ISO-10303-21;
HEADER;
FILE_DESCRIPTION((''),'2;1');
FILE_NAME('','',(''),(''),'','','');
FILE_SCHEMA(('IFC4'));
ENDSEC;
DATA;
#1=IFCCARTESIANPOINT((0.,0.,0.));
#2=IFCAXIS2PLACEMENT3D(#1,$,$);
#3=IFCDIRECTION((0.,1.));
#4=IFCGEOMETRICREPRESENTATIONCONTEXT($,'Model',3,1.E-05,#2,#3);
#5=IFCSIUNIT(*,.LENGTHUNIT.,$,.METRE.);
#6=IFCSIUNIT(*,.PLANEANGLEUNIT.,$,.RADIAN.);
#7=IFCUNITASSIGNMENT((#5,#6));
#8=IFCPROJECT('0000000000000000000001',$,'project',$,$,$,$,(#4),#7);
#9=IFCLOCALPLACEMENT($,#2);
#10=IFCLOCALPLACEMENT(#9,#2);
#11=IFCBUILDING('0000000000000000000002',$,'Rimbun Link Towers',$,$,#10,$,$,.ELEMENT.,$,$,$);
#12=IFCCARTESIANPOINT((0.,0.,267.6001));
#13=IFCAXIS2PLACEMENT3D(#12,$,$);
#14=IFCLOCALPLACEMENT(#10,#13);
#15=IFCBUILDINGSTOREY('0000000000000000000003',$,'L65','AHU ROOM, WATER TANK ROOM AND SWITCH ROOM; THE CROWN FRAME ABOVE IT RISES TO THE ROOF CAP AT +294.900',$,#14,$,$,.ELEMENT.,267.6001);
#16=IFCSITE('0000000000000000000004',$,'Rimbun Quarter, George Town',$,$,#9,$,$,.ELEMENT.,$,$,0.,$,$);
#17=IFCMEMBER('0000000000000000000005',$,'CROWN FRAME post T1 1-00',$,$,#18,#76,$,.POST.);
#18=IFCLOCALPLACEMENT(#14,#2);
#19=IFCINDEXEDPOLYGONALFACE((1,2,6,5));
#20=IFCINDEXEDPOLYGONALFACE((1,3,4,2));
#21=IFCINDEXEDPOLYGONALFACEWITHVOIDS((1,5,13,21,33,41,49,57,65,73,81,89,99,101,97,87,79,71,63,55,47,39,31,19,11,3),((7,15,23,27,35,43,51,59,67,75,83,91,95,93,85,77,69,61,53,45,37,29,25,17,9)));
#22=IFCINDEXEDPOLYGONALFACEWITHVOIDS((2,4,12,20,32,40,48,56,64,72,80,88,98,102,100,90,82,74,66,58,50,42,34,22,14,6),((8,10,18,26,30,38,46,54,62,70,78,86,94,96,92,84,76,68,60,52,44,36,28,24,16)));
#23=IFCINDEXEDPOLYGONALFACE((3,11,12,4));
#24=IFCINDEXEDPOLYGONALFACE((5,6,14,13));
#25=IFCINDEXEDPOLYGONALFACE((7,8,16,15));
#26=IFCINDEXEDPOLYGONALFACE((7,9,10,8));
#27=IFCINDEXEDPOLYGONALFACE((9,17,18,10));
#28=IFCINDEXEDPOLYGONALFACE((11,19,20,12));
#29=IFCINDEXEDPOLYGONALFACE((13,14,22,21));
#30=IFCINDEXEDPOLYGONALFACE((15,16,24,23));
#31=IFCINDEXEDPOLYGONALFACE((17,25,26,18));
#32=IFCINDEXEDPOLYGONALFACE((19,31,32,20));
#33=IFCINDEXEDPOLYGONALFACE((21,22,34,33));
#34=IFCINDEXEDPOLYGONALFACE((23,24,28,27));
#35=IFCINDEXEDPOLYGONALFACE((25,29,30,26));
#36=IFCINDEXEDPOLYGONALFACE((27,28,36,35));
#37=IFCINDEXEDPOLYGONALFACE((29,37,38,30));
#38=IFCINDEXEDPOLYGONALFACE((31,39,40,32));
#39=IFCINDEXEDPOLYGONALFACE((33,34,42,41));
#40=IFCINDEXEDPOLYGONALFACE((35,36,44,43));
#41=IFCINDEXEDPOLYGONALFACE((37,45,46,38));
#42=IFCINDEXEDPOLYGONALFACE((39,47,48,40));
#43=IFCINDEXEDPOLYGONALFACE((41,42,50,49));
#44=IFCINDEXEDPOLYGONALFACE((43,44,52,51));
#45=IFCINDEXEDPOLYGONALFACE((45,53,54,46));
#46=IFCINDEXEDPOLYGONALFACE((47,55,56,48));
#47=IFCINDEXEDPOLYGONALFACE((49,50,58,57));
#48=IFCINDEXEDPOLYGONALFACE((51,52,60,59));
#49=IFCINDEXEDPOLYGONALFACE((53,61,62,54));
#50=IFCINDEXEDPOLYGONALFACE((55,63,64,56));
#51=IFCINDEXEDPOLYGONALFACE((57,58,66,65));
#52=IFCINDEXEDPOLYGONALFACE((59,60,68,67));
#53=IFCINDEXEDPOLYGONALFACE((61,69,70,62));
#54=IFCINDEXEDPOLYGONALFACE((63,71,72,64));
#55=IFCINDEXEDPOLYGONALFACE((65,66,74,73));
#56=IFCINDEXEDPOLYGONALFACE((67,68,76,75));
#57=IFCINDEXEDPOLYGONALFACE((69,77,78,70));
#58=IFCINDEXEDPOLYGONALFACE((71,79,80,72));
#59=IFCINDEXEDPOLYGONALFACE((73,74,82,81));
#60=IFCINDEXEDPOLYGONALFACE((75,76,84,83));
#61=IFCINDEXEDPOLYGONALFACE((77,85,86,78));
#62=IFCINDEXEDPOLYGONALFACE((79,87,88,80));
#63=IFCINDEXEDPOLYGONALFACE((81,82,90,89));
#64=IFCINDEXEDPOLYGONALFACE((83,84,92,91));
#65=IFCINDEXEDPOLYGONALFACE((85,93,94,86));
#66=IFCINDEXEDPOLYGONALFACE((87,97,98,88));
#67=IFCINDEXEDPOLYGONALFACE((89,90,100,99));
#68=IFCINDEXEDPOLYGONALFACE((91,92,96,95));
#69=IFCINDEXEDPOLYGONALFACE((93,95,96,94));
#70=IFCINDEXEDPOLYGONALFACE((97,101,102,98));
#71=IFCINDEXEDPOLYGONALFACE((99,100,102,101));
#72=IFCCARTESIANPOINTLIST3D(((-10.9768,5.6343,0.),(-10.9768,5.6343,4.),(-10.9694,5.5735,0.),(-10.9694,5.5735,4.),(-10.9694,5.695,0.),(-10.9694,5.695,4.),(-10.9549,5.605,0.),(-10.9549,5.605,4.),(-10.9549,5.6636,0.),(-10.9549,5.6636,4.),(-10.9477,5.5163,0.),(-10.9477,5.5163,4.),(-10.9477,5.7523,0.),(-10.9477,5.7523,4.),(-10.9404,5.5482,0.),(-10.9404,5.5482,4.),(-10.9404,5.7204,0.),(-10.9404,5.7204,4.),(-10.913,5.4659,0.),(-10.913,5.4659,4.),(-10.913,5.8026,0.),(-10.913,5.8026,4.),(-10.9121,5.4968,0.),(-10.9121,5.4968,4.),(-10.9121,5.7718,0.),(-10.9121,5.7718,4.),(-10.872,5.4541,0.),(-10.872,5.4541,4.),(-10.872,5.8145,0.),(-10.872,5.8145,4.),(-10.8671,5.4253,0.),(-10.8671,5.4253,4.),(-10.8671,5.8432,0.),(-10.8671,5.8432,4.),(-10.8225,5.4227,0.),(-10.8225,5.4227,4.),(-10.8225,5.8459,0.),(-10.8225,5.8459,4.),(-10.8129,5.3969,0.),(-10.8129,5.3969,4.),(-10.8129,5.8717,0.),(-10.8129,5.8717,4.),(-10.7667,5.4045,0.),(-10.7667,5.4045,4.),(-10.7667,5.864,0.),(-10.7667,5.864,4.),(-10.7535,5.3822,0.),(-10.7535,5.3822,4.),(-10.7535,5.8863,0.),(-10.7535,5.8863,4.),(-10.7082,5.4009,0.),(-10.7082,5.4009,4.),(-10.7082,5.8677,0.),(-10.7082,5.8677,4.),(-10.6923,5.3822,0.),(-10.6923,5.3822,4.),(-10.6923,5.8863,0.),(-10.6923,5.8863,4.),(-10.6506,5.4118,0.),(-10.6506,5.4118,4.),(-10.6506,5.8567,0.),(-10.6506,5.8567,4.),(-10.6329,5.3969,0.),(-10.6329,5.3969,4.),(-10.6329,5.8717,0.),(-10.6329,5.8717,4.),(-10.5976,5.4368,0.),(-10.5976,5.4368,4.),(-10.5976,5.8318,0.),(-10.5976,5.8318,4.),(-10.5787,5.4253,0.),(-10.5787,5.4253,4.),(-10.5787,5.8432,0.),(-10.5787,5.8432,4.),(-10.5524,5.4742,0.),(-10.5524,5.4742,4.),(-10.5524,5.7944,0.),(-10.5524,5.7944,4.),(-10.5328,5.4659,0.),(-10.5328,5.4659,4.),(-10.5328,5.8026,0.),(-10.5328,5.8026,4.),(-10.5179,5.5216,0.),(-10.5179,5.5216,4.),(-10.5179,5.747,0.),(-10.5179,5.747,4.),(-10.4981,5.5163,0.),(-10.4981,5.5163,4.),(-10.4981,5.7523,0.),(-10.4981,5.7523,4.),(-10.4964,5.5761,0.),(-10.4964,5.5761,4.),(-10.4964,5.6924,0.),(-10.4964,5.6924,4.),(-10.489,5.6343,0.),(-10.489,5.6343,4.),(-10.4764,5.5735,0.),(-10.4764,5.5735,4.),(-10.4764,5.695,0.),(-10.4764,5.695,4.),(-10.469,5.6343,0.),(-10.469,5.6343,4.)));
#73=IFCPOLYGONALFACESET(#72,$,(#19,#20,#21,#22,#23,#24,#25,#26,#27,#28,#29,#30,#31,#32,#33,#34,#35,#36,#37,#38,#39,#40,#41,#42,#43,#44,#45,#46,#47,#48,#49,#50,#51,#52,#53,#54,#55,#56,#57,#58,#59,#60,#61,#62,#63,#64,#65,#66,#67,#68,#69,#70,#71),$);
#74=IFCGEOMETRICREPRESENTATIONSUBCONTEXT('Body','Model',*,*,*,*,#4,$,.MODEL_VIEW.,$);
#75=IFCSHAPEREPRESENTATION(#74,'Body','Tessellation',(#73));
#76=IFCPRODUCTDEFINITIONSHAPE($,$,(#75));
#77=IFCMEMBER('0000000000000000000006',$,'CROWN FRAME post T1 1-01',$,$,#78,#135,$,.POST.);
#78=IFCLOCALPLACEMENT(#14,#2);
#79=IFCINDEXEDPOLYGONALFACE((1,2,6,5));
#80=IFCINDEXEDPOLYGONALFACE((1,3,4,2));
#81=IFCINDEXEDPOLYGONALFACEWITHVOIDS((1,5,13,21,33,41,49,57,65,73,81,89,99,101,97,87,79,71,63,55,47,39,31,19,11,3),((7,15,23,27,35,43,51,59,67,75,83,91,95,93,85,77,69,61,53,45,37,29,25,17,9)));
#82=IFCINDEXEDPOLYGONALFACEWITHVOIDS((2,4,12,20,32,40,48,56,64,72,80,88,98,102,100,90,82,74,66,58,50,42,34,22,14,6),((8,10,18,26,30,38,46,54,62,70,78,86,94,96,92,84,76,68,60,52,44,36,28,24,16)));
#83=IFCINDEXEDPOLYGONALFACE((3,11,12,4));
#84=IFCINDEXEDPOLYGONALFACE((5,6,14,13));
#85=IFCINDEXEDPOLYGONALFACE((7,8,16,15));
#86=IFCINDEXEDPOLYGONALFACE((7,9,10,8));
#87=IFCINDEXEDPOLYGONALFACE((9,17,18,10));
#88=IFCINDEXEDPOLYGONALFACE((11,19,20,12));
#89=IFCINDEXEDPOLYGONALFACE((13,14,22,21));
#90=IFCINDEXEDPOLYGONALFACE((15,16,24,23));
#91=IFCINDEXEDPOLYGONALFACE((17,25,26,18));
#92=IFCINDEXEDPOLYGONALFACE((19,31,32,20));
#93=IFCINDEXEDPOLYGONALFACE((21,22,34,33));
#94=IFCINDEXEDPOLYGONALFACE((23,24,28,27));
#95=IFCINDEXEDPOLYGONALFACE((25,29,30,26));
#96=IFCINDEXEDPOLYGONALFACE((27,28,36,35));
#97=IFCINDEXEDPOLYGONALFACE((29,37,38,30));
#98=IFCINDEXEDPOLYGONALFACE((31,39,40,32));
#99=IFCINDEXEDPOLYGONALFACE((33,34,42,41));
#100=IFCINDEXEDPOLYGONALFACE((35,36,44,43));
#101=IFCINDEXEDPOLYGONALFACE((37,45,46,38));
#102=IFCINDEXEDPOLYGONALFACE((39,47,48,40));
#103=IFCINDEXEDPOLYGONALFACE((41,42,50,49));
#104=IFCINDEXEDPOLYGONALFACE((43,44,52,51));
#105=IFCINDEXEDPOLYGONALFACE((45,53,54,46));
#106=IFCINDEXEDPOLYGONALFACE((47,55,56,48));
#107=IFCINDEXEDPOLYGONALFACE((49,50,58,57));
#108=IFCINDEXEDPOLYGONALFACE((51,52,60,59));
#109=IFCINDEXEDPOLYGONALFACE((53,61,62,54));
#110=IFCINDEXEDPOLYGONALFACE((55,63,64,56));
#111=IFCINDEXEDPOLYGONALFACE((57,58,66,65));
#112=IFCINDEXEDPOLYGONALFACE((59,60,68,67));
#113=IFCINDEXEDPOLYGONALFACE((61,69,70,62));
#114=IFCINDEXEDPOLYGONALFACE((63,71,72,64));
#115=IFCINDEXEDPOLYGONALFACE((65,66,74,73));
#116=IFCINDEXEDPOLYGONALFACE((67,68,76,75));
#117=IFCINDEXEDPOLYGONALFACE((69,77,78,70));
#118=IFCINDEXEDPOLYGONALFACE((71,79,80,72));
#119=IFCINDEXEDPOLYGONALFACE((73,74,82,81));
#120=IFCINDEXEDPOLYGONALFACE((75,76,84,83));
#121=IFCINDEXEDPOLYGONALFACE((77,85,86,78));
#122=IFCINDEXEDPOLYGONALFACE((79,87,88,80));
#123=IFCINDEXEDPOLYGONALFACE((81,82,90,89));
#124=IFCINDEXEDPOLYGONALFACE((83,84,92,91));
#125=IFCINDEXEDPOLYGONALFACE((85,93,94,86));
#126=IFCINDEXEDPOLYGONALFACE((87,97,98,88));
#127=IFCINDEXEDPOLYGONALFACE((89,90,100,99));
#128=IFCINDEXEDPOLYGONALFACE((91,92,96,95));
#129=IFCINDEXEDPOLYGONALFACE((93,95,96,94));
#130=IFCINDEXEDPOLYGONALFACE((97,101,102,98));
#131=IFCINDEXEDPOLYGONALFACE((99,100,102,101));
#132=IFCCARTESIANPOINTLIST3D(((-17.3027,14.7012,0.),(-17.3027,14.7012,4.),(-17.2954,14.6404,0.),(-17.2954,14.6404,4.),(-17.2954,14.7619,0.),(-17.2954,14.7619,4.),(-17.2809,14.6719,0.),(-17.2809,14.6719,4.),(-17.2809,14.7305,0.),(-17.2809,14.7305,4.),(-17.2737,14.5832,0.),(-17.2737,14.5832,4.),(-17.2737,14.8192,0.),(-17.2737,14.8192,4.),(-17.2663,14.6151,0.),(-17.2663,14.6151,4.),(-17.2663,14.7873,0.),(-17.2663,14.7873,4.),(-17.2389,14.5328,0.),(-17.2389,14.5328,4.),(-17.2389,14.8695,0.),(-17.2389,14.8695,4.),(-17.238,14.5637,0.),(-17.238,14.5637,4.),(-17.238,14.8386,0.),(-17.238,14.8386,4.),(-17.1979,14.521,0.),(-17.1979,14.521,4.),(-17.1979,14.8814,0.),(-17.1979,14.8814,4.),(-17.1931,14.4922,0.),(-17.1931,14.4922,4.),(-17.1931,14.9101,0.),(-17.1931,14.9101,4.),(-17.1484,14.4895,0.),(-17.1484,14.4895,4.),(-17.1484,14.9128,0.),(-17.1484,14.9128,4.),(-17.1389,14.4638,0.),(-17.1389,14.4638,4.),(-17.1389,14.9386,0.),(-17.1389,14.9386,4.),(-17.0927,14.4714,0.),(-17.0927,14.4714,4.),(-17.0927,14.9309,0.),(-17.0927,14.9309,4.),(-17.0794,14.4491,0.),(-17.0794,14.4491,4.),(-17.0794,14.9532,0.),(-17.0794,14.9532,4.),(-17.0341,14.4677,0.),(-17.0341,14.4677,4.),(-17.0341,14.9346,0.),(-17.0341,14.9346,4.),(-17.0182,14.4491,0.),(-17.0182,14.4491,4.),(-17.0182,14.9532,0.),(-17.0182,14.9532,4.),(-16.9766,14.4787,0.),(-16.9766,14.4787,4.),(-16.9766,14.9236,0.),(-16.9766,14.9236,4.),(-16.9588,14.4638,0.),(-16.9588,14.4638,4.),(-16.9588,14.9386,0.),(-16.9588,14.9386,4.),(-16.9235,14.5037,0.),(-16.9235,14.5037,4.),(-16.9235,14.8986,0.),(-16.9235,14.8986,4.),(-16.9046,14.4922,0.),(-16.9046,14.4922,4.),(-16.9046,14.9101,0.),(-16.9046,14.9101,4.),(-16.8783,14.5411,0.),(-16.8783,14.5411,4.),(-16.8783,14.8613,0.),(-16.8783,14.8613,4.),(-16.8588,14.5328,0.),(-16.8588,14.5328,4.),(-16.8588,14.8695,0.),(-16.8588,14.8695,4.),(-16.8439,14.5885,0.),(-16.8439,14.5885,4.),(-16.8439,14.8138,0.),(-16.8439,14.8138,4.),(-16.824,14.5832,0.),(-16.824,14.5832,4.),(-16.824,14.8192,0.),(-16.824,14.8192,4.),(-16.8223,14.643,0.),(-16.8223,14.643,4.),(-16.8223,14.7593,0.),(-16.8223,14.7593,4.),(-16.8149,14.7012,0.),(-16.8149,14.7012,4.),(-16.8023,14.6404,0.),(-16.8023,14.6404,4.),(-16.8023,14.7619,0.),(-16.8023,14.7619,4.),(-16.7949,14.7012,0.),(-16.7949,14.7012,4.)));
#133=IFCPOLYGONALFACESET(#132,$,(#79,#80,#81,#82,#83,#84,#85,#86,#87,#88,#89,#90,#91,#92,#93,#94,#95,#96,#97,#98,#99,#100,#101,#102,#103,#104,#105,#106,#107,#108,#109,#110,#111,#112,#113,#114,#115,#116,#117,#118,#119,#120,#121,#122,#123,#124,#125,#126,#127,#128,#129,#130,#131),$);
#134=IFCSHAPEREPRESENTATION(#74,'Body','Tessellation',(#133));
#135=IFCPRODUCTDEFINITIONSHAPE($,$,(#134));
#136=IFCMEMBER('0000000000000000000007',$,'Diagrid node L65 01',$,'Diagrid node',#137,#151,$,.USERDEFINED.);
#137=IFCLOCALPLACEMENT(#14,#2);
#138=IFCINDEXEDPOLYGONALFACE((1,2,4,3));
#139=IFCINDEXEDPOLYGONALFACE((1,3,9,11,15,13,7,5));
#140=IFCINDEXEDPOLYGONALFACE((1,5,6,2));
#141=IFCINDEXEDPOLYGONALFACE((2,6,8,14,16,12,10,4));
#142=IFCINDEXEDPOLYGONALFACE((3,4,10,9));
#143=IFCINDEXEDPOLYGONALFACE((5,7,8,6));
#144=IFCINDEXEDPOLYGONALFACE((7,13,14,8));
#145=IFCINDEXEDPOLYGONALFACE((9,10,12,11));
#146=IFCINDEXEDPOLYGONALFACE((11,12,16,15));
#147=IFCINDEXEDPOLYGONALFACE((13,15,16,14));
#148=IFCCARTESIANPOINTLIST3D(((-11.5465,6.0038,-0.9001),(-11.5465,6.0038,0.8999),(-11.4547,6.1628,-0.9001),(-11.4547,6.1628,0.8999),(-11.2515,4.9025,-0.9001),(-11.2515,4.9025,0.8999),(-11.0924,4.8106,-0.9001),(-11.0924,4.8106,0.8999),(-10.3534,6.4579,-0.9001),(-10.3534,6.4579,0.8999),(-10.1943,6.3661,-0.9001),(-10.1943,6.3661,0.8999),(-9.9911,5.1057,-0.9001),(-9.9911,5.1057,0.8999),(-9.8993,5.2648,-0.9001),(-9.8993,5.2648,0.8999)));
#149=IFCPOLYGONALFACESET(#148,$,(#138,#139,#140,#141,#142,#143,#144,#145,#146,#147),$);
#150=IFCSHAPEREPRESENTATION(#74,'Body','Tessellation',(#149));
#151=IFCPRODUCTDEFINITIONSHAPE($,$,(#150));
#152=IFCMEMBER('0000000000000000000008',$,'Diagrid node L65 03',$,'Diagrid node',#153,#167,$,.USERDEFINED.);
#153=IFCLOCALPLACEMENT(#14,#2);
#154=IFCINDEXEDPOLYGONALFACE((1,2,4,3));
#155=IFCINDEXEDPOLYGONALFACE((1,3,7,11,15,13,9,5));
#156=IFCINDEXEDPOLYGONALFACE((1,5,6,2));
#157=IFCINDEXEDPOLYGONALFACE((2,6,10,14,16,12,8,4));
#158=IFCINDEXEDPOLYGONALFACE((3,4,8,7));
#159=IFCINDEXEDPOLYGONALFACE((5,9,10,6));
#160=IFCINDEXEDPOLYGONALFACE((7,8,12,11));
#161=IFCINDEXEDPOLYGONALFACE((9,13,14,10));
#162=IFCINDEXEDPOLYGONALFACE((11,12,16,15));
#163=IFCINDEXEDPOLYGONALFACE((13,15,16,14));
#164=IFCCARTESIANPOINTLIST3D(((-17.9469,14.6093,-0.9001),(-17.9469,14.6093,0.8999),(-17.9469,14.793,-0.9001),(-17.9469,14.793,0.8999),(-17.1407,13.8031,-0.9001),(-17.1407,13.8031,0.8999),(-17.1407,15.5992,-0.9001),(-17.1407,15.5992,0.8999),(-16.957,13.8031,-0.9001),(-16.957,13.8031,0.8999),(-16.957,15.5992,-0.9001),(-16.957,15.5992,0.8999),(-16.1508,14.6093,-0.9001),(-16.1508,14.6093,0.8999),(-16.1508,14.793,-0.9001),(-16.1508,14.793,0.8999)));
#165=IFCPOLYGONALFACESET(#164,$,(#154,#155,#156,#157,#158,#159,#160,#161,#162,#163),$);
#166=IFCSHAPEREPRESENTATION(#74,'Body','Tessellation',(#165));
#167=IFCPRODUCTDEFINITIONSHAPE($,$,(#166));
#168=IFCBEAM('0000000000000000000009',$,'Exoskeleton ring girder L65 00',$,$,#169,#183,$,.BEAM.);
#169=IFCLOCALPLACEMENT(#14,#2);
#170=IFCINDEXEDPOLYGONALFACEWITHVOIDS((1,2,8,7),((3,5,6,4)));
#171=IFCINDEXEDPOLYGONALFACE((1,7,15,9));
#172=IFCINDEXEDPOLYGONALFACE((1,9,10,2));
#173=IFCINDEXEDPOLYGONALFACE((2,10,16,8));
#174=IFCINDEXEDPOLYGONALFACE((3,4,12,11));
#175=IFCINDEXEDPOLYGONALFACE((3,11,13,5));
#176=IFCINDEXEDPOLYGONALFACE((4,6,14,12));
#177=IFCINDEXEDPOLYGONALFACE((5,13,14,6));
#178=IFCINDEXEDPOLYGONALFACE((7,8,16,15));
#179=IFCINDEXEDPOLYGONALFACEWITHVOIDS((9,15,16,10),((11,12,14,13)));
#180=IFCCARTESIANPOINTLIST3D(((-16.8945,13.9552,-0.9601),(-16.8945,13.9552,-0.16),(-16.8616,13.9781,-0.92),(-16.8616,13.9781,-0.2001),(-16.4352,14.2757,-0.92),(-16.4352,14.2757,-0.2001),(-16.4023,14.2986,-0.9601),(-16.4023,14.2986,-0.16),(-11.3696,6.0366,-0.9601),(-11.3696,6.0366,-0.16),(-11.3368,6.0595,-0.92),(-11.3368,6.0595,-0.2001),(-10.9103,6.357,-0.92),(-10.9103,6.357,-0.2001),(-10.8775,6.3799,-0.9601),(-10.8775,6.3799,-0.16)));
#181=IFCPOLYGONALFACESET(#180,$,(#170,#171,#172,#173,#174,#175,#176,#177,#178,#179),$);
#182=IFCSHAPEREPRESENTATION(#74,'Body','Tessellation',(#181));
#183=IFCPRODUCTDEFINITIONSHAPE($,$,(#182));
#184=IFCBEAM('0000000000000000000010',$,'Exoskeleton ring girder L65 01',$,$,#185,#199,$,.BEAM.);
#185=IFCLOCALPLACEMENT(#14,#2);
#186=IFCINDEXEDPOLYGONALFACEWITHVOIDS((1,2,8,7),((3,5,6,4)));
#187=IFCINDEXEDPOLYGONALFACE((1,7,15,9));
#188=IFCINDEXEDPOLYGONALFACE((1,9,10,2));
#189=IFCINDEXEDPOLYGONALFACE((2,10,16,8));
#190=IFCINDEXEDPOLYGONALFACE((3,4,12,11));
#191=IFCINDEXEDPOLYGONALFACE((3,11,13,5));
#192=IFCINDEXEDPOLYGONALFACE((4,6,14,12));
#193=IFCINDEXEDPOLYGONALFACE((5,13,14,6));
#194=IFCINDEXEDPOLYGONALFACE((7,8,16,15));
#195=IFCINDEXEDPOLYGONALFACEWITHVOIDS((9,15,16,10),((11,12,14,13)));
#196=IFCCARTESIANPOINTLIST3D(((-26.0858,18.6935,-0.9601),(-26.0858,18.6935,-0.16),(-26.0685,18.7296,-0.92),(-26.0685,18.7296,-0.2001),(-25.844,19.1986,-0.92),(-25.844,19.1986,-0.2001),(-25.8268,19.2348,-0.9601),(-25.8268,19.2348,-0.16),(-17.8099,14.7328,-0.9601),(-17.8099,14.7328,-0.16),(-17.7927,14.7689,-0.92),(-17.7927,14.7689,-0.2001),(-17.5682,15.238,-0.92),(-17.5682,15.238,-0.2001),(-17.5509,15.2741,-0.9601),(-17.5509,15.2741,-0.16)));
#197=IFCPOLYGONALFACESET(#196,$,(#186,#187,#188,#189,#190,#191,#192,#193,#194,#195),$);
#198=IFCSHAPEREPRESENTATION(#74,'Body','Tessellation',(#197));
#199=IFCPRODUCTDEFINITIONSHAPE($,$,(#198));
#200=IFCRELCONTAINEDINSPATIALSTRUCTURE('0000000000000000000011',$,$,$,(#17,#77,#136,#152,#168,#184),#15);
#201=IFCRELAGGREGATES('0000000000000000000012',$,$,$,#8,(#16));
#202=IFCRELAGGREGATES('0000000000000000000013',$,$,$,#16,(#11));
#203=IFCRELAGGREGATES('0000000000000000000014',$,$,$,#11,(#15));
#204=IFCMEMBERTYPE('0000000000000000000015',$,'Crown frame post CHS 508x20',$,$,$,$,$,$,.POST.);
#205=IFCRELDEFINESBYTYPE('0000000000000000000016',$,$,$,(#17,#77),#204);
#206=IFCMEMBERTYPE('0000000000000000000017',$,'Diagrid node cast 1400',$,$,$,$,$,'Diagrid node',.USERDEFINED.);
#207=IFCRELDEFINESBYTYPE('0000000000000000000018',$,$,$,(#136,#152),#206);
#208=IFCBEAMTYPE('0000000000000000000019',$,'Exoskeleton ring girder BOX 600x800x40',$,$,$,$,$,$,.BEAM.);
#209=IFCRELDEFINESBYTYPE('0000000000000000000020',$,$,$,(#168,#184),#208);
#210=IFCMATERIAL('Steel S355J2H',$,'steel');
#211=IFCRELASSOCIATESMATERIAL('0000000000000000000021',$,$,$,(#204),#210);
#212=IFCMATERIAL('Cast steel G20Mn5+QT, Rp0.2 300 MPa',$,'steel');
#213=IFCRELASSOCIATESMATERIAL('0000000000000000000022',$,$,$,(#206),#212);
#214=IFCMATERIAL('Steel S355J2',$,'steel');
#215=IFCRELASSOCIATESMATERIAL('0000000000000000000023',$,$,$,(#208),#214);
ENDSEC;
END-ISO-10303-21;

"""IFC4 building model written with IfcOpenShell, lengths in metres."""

from ifc_helpers import new_model, si_unit, direction, frame, origin, origin_2d, place, context, subcontext, project, spatial, polyline, hollow_rectangle, hollow_circle, outline, extrude, material, material_profile, profile_set, type_object, element, save


model = new_model("IFC4")

# Units and contexts
model_context = context("Model", 3, precision=1e-05, world=origin(), true_north=direction((0.0, 1.0)))
body_context = subcontext(model_context, "Body", "Model", "MODEL_VIEW")
ifc_project = project(units=[si_unit("LENGTHUNIT", "METRE"), si_unit("PLANEANGLEUNIT", "RADIAN")], contexts=[model_context])

# Site, building, storey
site_placement = place(None, origin())
site = spatial("IfcSite", under=ifc_project, at=site_placement, Name="Rimbun Quarter, George Town", CompositionType="ELEMENT", RefElevation=0.0)
building_placement = place(site_placement, origin())
building = spatial("IfcBuilding", under=site, at=building_placement, Name="Rimbun Link Towers", CompositionType="ELEMENT")
storey_placement = place(building_placement, frame((0.0, 0.0, 267.6001)))
storey = spatial("IfcBuildingStorey", under=building, at=storey_placement, Name="L65", Description="AHU ROOM, WATER TANK ROOM AND SWITCH ROOM; THE CROWN FRAME ABOVE IT RISES TO THE ROOF CAP AT +294.900", CompositionType="ELEMENT", Elevation=267.6001)

# Members
ifc_material_1 = material(Name="Steel S355J2H", Category="steel")
ifc_material_profile_1 = material_profile(ifc_material_1, hollow_circle(Radius=0.2539, WallThickness=0.02, at=origin_2d()), Name="Crown frame post CHS 508x20")
ifc_profile_set_1 = profile_set([ifc_material_profile_1], Name="Steel S355J2H")
member_type_1 = type_object("IfcMemberType", Name="Crown frame post CHS 508x20", PredefinedType="POST", material=ifc_profile_set_1)
for number, where, z_axis, x_axis, name in (
    (1, (-10.7229, 5.6343, 0.0), (0.0, 0.0, 1.0), (1.0, 0.0, 0.0), "CROWN FRAME post T1 1-00"),
    (2, (-17.0488, 14.7012, 0.0), (0.0, 0.0, 1.0), (1.0, 0.0, 0.0), "CROWN FRAME post T1 1-01"),
):
    element("IfcMember", number, at=place(storey_placement, frame(where, z_axis=z_axis, x_axis=x_axis)), inside=storey, type_object=member_type_1, Name=name, PredefinedType="POST", context=body_context, shape_type="SweptSolid", body=[
        extrude(hollow_circle(Radius=0.2539, WallThickness=0.02, at=origin_2d()), origin(), (0.0, 0.0, 1.0), 4.0),
    ])
ifc_material_2 = material(Name="Cast steel G20Mn5+QT, Rp0.2 300 MPa", Category="steel")
ifc_material_profile_2 = material_profile(ifc_material_2, outline(polyline([(0.7, -0.5701), (0.7, 0.5701), (0.5701, 0.7), (-0.5701, 0.7), (-0.7, 0.5701), (-0.7, -0.5701), (-0.5701, -0.7), (0.5701, -0.7), (0.7, -0.5701)])), Name="NODE 1400x1400")
ifc_profile_set_2 = profile_set([ifc_material_profile_2], Name="Cast steel G20Mn5+QT, Rp0.2 300 MPa")
member_type_2 = type_object("IfcMemberType", Name="Diagrid node cast 1400", ElementType="Diagrid node", PredefinedType="USERDEFINED", material=ifc_profile_set_2)
for number, where, z_axis, x_axis, name in (
    (3, (-10.7229, 5.6343, -0.9001), (0.0, 0.0, 1.0), (0.965926, 0.258819, 0.0), "Diagrid node L65 01"),
    (4, (-17.0488, 14.7012, -0.9001), (0.0, 0.0, 1.0), (0.707107, 0.707107, 0.0), "Diagrid node L65 03"),
):
    element("IfcMember", number, at=place(storey_placement, frame(where, z_axis=z_axis, x_axis=x_axis)), inside=storey, type_object=member_type_2, Name=name, ObjectType="Diagrid node", PredefinedType="USERDEFINED", context=body_context, shape_type="SweptSolid", body=[
        extrude(outline(polyline([(0.7, -0.5701), (0.7, 0.5701), (0.5701, 0.7), (-0.5701, 0.7), (-0.7, 0.5701), (-0.7, -0.5701), (-0.5701, -0.7), (0.5701, -0.7), (0.7, -0.5701)])), origin(), (0.0, 0.0, 1.0), 1.8),
    ])

# Beams
ifc_material_3 = material(Name="Steel S355J2", Category="steel")
ifc_material_profile_3 = material_profile(ifc_material_3, hollow_rectangle(XDim=0.6001, YDim=0.8, WallThickness=0.04, at=origin_2d()), Name="Exoskeleton ring girder BOX 600x800x40")
ifc_profile_set_3 = profile_set([ifc_material_profile_3], Name="Steel S355J2")
beam_type_1 = type_object("IfcBeamType", Name="Exoskeleton ring girder BOX 600x800x40", PredefinedType="BEAM", material=ifc_profile_set_3)
beam_1_placement = place(storey_placement, frame((-11.1235, 6.2083, -0.5601), z_axis=(-0.572197, 0.820116, 0.0), x_axis=(-0.820116, -0.572197, 0.0)))
element("IfcBeam", 5, at=beam_1_placement, inside=storey, type_object=beam_type_1, Name="Exoskeleton ring girder L65 00", PredefinedType="BEAM", context=body_context, shape_type="SweptSolid", body=[
    extrude(hollow_rectangle(XDim=0.6001, YDim=0.8, WallThickness=0.04, at=origin_2d()), origin(), (0.0, 0.0, 1.0), 9.6555),
])
beam_2_placement = place(storey_placement, frame((-17.6804, 15.0034, -0.5601), z_axis=(-0.902021, 0.431692, 0.0), x_axis=(-0.431692, -0.902021, 0.0)))
element("IfcBeam", 6, at=beam_2_placement, inside=storey, type_object=beam_type_1, Name="Exoskeleton ring girder L65 01", PredefinedType="BEAM", context=body_context, shape_type="SweptSolid", body=[
    extrude(hollow_rectangle(XDim=0.6001, YDim=0.8, WallThickness=0.04, at=origin_2d()), origin(), (0.0, 0.0, 1.0), 9.1748),
])

save(model, "model.ifc")
